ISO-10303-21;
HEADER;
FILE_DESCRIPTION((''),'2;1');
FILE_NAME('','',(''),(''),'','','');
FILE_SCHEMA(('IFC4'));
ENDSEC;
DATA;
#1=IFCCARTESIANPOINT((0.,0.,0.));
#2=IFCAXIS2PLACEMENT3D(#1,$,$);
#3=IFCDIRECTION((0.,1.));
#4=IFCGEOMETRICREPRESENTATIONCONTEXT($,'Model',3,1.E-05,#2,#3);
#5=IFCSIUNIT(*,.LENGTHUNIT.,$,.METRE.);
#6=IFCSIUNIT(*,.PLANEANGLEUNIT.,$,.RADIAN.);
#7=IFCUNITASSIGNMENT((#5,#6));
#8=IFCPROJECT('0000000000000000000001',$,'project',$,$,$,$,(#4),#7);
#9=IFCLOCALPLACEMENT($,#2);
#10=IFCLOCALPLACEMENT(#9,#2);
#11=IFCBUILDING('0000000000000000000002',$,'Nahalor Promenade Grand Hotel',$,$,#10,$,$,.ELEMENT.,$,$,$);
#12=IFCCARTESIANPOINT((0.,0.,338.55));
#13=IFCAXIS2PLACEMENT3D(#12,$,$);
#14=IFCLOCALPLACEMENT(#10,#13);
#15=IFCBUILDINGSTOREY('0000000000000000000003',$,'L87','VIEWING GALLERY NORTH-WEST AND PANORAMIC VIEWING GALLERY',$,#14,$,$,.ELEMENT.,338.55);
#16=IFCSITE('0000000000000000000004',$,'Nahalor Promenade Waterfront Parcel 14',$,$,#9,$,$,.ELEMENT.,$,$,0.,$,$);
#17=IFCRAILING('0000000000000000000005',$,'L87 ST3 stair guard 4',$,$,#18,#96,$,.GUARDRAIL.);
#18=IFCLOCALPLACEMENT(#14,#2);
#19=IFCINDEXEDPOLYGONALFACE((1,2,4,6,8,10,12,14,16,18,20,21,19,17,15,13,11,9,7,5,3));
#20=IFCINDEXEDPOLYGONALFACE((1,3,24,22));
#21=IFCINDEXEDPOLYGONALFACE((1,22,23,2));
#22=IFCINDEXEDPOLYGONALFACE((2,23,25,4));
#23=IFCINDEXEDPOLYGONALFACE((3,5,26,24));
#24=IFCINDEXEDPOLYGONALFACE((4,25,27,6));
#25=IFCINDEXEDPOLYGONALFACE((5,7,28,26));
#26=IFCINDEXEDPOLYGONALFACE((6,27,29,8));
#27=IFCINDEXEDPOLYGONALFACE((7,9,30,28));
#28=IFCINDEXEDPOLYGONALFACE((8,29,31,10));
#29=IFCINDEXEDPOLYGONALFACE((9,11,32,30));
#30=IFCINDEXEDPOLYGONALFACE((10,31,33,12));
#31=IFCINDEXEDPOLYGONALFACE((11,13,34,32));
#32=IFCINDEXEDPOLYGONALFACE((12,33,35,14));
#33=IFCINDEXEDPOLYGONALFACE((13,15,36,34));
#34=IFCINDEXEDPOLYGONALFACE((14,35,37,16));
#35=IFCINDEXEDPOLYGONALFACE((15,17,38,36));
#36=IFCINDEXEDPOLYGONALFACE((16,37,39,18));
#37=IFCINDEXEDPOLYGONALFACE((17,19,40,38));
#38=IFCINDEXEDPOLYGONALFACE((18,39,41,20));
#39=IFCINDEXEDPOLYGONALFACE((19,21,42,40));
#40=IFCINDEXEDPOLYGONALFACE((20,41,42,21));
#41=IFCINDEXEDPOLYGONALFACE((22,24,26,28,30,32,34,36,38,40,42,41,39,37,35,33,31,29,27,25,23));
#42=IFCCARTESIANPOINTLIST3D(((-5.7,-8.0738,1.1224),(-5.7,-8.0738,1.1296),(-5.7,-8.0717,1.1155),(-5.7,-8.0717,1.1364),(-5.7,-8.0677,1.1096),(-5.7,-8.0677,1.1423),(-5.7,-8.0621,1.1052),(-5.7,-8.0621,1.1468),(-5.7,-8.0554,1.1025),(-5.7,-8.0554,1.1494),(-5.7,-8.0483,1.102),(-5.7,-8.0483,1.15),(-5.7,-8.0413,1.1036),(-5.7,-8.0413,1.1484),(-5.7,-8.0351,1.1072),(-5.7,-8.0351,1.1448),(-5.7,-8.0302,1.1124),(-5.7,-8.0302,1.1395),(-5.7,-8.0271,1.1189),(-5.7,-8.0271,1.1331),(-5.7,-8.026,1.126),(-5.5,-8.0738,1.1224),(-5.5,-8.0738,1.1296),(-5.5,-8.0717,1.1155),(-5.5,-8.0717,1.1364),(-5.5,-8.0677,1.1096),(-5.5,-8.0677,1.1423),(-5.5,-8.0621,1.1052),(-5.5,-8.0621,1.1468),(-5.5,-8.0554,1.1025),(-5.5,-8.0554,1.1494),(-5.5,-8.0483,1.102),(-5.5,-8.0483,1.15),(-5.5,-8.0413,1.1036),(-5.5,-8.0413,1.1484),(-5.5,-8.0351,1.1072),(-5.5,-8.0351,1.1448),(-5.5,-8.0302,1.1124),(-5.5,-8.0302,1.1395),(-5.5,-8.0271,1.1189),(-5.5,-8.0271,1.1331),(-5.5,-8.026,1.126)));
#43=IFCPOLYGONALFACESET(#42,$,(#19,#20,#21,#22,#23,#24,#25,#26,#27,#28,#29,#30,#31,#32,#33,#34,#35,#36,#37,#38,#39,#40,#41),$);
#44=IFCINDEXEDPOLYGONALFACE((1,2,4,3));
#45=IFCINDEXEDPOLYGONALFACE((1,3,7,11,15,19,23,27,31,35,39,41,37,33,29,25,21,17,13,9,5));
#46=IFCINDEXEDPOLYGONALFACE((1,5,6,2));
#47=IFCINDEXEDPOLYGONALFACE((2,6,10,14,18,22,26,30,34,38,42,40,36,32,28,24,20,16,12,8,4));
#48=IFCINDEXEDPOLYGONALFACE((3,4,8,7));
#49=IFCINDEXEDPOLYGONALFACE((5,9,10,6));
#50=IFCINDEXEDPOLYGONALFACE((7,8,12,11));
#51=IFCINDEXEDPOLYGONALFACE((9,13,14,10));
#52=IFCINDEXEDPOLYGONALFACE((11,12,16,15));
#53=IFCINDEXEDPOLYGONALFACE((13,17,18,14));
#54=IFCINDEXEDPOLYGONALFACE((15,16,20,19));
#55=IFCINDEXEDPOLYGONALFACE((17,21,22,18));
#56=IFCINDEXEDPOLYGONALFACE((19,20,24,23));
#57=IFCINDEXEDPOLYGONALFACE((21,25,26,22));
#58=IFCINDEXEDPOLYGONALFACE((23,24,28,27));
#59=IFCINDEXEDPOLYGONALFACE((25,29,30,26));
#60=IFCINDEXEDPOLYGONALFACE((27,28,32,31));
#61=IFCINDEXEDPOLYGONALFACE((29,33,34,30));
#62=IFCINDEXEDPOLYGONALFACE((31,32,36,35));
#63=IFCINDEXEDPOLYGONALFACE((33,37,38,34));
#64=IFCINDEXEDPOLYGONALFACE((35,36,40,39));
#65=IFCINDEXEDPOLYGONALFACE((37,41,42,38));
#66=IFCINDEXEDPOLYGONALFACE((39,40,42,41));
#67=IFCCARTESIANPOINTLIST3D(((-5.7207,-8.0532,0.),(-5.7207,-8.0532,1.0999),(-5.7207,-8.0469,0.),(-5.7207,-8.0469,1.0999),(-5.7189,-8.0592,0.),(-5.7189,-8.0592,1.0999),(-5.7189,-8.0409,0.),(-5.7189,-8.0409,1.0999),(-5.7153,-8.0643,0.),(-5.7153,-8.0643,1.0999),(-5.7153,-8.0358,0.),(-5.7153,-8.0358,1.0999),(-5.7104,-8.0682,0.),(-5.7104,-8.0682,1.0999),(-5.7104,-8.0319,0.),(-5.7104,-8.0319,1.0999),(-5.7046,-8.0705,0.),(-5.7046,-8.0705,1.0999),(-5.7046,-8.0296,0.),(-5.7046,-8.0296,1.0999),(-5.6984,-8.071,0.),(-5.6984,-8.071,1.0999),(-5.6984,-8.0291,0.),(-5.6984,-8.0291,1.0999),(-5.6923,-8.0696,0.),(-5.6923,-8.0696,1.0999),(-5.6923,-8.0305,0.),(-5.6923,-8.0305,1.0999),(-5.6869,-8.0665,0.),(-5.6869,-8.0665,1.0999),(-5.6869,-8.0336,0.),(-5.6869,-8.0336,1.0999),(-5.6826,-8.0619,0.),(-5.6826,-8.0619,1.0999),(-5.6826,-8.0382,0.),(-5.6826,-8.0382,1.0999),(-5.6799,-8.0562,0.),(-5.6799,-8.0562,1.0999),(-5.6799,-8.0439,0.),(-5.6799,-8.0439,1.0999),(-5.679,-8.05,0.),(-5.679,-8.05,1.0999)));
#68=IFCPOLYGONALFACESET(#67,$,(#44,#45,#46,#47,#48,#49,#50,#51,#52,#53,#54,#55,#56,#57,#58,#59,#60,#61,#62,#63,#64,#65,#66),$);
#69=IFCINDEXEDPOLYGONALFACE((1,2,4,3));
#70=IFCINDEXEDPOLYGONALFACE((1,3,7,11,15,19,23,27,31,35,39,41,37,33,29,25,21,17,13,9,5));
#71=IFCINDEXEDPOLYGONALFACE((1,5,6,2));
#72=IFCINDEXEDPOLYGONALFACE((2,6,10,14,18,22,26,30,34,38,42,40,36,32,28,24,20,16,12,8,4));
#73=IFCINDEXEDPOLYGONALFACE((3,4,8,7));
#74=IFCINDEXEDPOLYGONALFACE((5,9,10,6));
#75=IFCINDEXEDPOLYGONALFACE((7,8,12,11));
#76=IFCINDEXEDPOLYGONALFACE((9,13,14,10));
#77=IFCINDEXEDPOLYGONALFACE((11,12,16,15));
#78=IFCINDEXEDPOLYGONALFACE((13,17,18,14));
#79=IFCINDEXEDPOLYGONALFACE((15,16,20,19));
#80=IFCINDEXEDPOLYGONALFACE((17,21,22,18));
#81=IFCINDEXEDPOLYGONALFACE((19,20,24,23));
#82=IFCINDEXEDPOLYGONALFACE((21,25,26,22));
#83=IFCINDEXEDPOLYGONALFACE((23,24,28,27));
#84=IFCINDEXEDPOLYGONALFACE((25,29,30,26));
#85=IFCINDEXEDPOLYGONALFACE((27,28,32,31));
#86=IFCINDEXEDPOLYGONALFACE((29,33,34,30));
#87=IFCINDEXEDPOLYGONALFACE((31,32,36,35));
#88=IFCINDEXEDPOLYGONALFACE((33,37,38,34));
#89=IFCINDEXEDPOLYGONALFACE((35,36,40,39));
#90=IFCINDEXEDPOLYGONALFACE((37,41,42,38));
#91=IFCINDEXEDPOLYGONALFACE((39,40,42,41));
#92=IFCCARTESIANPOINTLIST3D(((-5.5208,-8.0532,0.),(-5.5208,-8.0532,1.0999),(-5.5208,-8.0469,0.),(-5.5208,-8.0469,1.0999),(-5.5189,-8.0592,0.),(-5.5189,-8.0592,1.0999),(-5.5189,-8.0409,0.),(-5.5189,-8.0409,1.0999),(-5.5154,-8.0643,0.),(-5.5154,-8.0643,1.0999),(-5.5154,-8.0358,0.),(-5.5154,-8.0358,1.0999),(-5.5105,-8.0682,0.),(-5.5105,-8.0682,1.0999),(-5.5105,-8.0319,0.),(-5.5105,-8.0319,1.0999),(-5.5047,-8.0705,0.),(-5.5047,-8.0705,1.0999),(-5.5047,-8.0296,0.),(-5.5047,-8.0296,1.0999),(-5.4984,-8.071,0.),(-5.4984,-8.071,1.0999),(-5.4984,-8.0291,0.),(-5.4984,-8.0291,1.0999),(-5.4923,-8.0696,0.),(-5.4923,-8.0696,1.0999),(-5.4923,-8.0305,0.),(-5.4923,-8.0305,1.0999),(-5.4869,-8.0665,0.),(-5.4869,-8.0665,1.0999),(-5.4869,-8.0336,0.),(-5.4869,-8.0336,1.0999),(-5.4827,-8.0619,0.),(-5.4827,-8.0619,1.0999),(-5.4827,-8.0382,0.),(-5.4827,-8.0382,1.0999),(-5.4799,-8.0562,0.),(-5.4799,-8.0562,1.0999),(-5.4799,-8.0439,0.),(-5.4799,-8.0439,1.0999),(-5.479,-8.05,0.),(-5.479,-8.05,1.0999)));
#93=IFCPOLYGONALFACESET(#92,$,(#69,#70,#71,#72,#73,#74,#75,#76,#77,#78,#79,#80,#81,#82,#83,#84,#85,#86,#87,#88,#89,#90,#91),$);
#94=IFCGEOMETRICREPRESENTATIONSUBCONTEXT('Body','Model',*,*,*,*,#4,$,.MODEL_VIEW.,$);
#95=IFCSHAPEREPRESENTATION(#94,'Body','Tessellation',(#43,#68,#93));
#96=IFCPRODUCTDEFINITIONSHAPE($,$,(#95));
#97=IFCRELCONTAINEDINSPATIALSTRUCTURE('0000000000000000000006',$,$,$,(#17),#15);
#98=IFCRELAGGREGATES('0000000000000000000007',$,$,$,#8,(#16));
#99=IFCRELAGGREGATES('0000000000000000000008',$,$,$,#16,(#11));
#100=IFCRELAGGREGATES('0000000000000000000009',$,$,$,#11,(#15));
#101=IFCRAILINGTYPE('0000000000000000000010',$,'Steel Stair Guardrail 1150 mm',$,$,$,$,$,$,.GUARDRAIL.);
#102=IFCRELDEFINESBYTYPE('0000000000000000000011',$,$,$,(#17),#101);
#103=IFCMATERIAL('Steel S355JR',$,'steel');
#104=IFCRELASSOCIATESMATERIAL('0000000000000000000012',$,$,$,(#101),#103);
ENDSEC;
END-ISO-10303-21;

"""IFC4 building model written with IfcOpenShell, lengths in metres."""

from ifc_helpers import new_model, si_unit, direction, frame, origin, origin_2d, place, context, subcontext, project, spatial, circle, extrude, material, type_object, element, save


model = new_model("IFC4")

# Units and contexts
model_context = context("Model", 3, precision=1e-05, world=origin(), true_north=direction((0.0, 1.0)))
body_context = subcontext(model_context, "Body", "Model", "MODEL_VIEW")
ifc_project = project(units=[si_unit("LENGTHUNIT", "METRE"), si_unit("PLANEANGLEUNIT", "RADIAN")], contexts=[model_context])

# Site, building, storey
site_placement = place(None, origin())
site = spatial("IfcSite", under=ifc_project, at=site_placement, Name="Nahalor Promenade Waterfront Parcel 14", CompositionType="ELEMENT", RefElevation=0.0)
building_placement = place(site_placement, origin())
building = spatial("IfcBuilding", under=site, at=building_placement, Name="Nahalor Promenade Grand Hotel", CompositionType="ELEMENT")
storey_placement = place(building_placement, frame((0.0, 0.0, 338.55)))
storey = spatial("IfcBuildingStorey", under=building, at=storey_placement, Name="L87", Description="VIEWING GALLERY NORTH-WEST AND PANORAMIC VIEWING GALLERY", CompositionType="ELEMENT", Elevation=338.55)

# Shared definitions
ifc_material_1 = material(Name="Steel S355JR", Category="steel")

# Railing
railing_type_1 = type_object("IfcRailingType", Name="Steel Stair Guardrail 1150 mm", PredefinedType="GUARDRAIL", material=ifc_material_1)
railing_1_placement = place(storey_placement, frame((-5.7, -8.05, 0.0)))
element("IfcRailing", 1, at=railing_1_placement, inside=storey, type_object=railing_type_1, Name="L87 ST3 stair guard 4", PredefinedType="GUARDRAIL", context=body_context, shape_type="SweptSolid", body=[
    extrude(circle(Radius=0.024, at=origin_2d()), frame((0.0, 0.0, 1.126), z_axis=(1.0, 0.0, 0.0), x_axis=(0.0, 1.0, 0.0)), (0.0, 0.0, 1.0), 0.2),
    extrude(circle(Radius=0.021, at=origin_2d()), origin(), (0.0, 0.0, 1.0), 1.0999),
    extrude(circle(Radius=0.021, at=origin_2d()), frame((0.2, 0.0, 0.0)), (0.0, 0.0, 1.0), 1.0999),
])

save(model, "model.ifc")
